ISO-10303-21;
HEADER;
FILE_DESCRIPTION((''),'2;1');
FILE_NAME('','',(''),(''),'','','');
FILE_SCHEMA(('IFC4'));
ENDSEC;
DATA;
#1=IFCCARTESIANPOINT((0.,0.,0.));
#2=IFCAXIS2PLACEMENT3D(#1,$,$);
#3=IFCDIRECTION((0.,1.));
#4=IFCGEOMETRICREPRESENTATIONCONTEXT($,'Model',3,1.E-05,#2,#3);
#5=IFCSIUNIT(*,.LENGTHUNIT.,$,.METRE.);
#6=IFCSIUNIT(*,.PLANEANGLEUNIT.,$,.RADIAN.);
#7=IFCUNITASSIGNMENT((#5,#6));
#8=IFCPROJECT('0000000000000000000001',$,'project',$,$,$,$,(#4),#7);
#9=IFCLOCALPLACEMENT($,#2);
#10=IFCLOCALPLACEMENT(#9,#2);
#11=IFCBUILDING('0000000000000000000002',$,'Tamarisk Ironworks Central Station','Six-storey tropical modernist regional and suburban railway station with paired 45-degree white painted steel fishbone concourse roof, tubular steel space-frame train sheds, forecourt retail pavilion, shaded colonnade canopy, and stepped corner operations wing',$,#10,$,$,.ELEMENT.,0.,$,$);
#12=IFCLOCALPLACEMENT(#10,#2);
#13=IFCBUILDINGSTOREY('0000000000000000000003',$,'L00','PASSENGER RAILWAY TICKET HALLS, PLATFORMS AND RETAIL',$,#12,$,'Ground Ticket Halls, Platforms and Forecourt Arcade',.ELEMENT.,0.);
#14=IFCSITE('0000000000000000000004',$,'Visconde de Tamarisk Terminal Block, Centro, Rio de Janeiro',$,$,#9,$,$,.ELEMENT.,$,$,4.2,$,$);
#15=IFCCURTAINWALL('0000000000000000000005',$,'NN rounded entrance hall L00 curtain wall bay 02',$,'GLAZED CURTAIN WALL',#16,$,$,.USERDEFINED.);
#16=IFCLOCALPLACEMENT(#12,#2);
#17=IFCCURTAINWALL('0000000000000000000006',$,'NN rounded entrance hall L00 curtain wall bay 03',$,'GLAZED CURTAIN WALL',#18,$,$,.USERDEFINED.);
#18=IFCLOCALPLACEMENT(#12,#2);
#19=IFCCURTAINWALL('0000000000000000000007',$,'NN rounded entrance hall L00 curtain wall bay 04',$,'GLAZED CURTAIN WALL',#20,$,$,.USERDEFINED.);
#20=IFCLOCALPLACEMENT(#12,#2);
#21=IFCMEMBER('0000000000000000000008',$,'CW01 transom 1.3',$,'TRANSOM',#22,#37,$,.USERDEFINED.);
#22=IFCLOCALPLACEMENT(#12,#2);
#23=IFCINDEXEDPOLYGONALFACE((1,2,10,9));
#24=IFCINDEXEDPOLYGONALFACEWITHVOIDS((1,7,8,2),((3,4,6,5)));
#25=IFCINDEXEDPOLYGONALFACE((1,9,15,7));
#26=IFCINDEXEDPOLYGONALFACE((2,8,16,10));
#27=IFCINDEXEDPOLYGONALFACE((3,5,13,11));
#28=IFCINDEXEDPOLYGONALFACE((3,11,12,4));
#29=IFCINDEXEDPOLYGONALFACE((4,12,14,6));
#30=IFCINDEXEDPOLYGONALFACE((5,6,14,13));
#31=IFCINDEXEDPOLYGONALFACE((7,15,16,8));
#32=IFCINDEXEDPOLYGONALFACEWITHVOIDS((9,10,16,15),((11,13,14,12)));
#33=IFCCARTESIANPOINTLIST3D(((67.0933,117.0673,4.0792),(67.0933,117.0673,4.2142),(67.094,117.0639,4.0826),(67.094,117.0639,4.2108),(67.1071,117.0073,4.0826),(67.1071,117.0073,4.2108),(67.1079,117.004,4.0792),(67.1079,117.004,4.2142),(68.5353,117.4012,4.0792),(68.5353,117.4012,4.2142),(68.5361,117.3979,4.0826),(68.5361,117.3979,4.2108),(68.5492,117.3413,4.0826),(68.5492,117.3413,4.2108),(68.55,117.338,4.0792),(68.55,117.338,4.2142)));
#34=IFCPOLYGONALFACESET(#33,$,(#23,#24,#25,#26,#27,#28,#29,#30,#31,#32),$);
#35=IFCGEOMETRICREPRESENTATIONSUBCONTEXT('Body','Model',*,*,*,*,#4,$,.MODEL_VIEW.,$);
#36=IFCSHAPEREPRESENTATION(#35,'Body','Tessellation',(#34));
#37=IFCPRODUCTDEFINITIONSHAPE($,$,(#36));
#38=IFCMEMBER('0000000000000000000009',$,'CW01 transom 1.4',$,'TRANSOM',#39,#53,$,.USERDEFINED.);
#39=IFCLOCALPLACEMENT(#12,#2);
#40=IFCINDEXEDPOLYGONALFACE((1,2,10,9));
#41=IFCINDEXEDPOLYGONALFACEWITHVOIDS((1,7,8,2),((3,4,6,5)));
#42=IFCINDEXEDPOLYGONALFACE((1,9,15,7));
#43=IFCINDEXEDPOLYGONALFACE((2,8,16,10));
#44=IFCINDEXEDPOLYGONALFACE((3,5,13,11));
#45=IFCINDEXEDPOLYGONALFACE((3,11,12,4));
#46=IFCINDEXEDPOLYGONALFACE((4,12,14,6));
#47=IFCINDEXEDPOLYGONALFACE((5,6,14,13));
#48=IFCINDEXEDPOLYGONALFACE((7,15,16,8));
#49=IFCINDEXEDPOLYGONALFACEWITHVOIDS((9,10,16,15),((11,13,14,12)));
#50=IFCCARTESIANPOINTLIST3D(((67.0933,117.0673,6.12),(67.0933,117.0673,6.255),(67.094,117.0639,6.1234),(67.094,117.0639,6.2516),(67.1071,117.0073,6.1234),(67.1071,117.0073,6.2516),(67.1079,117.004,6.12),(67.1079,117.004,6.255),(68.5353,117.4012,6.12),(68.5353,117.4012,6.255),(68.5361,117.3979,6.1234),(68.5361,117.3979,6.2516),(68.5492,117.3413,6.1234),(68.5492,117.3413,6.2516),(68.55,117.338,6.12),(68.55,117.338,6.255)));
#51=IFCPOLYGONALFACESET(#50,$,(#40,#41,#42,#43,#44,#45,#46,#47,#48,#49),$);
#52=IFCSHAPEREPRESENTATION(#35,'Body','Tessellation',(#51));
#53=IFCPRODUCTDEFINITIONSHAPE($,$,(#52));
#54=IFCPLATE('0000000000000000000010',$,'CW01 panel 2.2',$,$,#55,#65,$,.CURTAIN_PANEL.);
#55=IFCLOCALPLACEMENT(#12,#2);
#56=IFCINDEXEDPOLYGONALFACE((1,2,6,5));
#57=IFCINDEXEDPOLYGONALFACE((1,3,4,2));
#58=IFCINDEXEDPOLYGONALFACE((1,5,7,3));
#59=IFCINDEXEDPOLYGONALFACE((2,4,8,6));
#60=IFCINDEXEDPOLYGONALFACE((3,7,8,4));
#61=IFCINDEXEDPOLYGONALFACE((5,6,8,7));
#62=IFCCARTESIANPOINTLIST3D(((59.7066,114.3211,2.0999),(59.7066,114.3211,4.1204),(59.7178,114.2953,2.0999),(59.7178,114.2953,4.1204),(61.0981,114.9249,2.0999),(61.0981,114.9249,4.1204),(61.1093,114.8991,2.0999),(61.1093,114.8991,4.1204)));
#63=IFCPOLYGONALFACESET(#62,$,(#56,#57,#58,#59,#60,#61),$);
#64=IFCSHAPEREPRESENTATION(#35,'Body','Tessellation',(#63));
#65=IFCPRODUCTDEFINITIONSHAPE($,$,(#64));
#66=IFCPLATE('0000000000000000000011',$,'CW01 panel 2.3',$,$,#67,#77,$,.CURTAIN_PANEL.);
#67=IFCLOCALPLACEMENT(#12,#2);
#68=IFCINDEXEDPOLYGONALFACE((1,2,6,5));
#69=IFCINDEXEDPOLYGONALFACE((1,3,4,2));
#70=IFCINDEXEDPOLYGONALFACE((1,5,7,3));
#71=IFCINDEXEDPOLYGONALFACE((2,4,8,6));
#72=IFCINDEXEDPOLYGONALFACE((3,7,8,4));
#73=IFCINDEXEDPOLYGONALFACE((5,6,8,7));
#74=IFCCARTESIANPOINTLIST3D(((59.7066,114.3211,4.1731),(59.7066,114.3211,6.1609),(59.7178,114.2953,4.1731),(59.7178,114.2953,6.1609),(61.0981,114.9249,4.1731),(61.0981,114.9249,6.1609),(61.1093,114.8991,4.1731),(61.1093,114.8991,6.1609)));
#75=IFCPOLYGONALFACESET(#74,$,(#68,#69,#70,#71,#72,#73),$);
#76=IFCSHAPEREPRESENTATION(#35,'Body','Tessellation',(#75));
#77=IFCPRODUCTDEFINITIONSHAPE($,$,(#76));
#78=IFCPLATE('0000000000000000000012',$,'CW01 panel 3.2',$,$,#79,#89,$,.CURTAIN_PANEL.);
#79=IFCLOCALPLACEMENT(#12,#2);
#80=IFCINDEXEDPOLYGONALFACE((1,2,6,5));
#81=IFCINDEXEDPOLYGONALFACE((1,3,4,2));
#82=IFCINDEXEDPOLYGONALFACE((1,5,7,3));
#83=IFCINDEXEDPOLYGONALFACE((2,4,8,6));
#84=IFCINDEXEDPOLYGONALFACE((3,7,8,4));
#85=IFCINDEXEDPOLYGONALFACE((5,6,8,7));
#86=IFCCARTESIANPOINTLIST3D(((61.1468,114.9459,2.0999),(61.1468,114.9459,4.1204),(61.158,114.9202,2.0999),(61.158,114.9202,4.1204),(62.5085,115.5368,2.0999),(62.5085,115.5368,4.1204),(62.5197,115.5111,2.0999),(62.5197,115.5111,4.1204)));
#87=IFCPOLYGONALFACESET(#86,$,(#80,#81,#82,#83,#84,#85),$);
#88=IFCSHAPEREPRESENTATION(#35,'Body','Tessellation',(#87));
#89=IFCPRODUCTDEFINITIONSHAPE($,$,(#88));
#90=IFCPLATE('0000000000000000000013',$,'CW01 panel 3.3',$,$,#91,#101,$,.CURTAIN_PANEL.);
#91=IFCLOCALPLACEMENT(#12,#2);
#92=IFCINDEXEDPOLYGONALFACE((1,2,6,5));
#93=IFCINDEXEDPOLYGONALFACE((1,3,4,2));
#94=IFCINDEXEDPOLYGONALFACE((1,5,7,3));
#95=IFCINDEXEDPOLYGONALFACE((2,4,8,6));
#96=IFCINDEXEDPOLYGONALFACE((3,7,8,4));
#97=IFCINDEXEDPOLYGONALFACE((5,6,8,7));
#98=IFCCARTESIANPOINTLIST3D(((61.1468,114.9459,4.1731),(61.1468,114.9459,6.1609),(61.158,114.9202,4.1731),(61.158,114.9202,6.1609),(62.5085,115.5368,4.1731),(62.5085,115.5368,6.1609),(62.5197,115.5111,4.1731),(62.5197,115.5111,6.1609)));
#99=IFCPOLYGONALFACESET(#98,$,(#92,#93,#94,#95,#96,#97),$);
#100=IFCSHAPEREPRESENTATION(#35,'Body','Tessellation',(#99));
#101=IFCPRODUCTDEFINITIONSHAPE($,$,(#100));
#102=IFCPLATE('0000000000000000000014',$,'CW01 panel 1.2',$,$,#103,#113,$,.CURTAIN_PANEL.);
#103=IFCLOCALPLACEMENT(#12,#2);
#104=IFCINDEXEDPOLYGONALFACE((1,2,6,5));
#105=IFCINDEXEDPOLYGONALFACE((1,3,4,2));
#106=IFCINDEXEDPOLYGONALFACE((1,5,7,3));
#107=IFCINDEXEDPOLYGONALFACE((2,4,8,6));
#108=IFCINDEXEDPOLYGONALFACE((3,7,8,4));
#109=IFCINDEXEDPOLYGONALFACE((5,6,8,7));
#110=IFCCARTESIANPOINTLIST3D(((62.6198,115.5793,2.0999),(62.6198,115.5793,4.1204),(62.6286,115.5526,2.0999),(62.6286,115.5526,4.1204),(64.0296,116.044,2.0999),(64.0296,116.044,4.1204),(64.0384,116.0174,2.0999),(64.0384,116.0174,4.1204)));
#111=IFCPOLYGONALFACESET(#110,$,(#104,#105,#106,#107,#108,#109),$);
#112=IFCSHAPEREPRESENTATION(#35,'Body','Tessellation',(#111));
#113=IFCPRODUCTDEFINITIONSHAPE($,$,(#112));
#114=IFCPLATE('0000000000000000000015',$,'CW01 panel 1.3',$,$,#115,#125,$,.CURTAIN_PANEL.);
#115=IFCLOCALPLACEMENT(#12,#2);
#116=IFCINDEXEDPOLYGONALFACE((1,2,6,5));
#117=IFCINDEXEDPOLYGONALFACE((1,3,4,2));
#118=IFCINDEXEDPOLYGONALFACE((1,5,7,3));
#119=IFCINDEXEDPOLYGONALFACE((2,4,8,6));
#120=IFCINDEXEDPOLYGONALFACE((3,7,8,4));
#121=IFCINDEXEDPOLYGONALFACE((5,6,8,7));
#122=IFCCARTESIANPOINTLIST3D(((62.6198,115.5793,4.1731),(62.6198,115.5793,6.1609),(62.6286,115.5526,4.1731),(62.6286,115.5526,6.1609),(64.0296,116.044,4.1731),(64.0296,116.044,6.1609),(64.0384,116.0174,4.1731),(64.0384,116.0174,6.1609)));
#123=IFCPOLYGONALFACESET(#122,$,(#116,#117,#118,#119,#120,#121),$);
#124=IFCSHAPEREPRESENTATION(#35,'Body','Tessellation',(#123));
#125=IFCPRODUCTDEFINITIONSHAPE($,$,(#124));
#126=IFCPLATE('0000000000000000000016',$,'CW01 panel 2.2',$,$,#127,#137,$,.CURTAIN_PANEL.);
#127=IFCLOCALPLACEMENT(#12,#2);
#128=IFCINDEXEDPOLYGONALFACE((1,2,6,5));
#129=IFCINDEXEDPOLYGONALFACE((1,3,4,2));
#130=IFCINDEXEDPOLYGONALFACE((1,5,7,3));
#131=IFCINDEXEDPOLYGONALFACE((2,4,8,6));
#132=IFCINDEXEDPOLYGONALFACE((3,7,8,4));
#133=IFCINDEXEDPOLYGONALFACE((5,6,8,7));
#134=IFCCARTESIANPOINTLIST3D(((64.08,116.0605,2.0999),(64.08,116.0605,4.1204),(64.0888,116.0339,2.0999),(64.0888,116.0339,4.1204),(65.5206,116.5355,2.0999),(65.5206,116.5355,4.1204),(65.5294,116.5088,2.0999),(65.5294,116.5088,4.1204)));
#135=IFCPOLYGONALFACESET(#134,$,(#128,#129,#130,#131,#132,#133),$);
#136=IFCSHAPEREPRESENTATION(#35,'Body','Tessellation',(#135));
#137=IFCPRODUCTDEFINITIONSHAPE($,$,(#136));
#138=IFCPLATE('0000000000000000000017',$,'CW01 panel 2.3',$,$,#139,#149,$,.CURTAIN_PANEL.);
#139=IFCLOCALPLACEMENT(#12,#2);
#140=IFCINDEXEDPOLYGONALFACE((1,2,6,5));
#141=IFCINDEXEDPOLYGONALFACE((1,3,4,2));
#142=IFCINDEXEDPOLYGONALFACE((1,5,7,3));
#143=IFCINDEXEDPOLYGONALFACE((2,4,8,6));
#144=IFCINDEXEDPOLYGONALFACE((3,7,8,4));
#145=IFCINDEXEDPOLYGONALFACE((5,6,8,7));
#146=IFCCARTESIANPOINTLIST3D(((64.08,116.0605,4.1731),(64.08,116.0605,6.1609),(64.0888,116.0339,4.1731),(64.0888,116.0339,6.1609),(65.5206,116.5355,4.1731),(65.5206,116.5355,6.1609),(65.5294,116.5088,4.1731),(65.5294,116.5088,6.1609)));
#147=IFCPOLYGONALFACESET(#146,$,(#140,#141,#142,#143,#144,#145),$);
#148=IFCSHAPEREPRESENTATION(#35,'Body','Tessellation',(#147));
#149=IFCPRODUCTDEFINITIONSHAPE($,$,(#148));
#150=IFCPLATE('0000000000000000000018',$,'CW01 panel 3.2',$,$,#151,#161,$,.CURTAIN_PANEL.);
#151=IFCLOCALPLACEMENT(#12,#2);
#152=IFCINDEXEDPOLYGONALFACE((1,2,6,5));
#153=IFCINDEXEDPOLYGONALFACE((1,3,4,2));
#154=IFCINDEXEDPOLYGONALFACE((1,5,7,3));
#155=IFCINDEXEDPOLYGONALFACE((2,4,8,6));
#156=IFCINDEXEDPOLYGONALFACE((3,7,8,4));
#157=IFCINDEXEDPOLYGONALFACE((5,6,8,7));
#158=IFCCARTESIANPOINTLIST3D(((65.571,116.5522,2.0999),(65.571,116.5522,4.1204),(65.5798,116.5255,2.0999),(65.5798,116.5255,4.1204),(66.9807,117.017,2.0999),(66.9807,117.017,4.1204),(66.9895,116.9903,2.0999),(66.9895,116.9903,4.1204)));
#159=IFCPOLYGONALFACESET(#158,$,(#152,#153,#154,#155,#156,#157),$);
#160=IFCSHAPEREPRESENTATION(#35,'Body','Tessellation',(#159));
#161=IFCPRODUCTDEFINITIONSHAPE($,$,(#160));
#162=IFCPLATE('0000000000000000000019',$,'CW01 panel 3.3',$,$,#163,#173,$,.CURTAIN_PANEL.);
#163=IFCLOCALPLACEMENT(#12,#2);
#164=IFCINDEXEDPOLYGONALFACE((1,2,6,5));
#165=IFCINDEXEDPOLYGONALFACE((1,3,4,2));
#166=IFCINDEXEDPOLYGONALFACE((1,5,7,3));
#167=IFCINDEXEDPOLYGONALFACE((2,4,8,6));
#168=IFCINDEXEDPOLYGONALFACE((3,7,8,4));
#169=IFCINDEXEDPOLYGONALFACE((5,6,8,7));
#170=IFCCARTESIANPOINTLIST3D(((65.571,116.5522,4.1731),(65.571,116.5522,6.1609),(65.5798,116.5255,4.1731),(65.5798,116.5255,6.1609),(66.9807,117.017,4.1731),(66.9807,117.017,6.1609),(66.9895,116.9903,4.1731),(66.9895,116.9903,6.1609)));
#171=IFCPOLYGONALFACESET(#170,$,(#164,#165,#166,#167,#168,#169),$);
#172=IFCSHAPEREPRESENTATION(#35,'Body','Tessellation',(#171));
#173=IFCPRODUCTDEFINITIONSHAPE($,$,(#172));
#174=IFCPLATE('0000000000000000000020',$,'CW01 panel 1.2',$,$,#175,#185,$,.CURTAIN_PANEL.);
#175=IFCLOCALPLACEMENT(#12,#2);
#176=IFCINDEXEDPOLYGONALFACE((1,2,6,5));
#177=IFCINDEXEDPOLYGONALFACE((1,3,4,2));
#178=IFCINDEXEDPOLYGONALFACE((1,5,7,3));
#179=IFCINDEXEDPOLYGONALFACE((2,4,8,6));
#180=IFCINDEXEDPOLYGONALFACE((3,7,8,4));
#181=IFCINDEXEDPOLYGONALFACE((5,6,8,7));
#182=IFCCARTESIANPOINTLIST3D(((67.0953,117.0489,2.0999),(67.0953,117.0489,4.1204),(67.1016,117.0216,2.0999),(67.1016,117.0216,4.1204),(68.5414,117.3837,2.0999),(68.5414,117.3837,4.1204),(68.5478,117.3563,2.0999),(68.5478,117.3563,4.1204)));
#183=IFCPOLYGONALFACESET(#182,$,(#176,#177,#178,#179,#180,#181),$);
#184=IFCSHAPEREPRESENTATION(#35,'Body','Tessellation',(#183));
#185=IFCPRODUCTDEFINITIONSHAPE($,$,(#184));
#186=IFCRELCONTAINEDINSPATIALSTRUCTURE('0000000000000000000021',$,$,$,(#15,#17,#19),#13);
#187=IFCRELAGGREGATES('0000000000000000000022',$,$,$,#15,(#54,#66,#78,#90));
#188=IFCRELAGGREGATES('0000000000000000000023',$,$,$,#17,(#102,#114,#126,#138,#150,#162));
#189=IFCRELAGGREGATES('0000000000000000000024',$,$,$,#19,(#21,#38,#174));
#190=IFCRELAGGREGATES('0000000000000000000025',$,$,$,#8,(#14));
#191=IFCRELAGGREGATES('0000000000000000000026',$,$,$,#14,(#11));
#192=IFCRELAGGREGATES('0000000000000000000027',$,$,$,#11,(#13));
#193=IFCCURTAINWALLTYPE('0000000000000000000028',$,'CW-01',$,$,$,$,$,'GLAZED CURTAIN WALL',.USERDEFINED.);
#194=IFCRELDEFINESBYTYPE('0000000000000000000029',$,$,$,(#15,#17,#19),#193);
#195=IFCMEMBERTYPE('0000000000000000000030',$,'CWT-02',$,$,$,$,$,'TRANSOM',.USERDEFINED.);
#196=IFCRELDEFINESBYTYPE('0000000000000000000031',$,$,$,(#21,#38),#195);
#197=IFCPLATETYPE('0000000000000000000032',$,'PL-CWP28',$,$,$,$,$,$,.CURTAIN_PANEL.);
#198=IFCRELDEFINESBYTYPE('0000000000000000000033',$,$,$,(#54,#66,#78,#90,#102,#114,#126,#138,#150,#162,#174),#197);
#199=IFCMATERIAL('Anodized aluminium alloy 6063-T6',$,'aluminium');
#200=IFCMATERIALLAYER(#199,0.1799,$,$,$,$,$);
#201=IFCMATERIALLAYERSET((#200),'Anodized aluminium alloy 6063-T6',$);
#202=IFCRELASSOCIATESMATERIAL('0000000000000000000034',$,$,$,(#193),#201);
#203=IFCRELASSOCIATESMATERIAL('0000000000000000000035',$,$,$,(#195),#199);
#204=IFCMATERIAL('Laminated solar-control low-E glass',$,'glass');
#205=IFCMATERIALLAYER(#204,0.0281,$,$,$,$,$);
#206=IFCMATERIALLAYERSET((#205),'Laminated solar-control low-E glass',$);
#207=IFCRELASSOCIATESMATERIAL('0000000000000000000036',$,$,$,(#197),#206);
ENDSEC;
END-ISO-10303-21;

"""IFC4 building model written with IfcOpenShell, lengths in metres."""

from ifc_helpers import new_model, si_unit, direction, frame, origin, origin_2d, place, context, subcontext, project, spatial, rectangle, hollow_rectangle, extrude, material, layer, layer_set, material_profile, profile_set, type_object, element, aggregate, save


model = new_model("IFC4")

# Units and contexts
model_context = context("Model", 3, precision=1e-05, world=origin(), true_north=direction((0.0, 1.0)))
body_context = subcontext(model_context, "Body", "Model", "MODEL_VIEW")
ifc_project = project(units=[si_unit("LENGTHUNIT", "METRE"), si_unit("PLANEANGLEUNIT", "RADIAN")], contexts=[model_context])

# Site, building, storey
site_placement = place(None, origin())
site = spatial("IfcSite", under=ifc_project, at=site_placement, Name="Visconde de Tamarisk Terminal Block, Centro, Rio de Janeiro", CompositionType="ELEMENT", RefElevation=4.2)
building_placement = place(site_placement, origin())
building = spatial("IfcBuilding", under=site, at=building_placement, Name="Tamarisk Ironworks Central Station", Description="Six-storey tropical modernist regional and suburban railway station with paired 45-degree white painted steel fishbone concourse roof, tubular steel space-frame train sheds, forecourt retail pavilion, shaded colonnade canopy, and stepped corner operations wing", CompositionType="ELEMENT", ElevationOfRefHeight=0.0)
storey_placement = place(building_placement, origin())
storey = spatial("IfcBuildingStorey", under=building, at=storey_placement, Name="L00", Description="PASSENGER RAILWAY TICKET HALLS, PLATFORMS AND RETAIL", LongName="Ground Ticket Halls, Platforms and Forecourt Arcade", CompositionType="ELEMENT", Elevation=0.0)

# Curtain walls, members
ifc_material_1 = material(Name="Anodized aluminium alloy 6063-T6", Category="aluminium")
ifc_layer_1 = layer(ifc_material_1, 0.1799)
ifc_layer_set_1 = layer_set([ifc_layer_1], Name="Anodized aluminium alloy 6063-T6")
curtain_wall_type = type_object("IfcCurtainWallType", Name="CW-01", ElementType="GLAZED CURTAIN WALL", PredefinedType="USERDEFINED", material=ifc_layer_set_1)
curtain_wall_1_placement = place(storey_placement, origin())
curtain_wall_1 = element("IfcCurtainWall", 1, at=curtain_wall_1_placement, inside=storey, type_object=curtain_wall_type, Name="NN rounded entrance hall L00 curtain wall bay 02", ObjectType="GLAZED CURTAIN WALL", PredefinedType="USERDEFINED")
ifc_material_profile = material_profile(ifc_material_1, hollow_rectangle(XDim=0.0649, YDim=0.135, WallThickness=0.0034, at=origin_2d()), Name="ALUM 135x65")
ifc_profile_set = profile_set([ifc_material_profile], Name="Anodized aluminium alloy 6063-T6")
member_type = type_object("IfcMemberType", Name="CWT-02", ElementType="TRANSOM", PredefinedType="USERDEFINED", material=ifc_profile_set)
curtain_wall_2_placement = place(storey_placement, origin())
curtain_wall_2 = element("IfcCurtainWall", 2, at=curtain_wall_2_placement, inside=storey, type_object=curtain_wall_type, Name="NN rounded entrance hall L00 curtain wall bay 03", ObjectType="GLAZED CURTAIN WALL", PredefinedType="USERDEFINED")
curtain_wall_3_placement = place(storey_placement, origin())
curtain_wall_3 = element("IfcCurtainWall", 3, at=curtain_wall_3_placement, inside=storey, type_object=curtain_wall_type, Name="NN rounded entrance hall L00 curtain wall bay 04", ObjectType="GLAZED CURTAIN WALL", PredefinedType="USERDEFINED")
member_1_placement = place(storey_placement, frame((67.1006, 117.0356, 4.1467), z_axis=(0.974216, 0.225618, 0.0), x_axis=(-0.225618, 0.974216, 0.0)))
member_1 = element("IfcMember", 4, at=member_1_placement, type_object=member_type, Name="CW01 transom 1.3", ObjectType="TRANSOM", PredefinedType="USERDEFINED", context=body_context, shape_type="SweptSolid", body=[
    extrude(hollow_rectangle(XDim=0.0649, YDim=0.135, WallThickness=0.0034, at=origin_2d()), origin(), (0.0, 0.0, 1.0), 1.4802),
])
member_2_placement = place(storey_placement, frame((67.1006, 117.0356, 6.1875), z_axis=(0.974216, 0.225618, 0.0), x_axis=(-0.225618, 0.974216, 0.0)))
member_2 = element("IfcMember", 5, at=member_2_placement, type_object=member_type, Name="CW01 transom 1.4", ObjectType="TRANSOM", PredefinedType="USERDEFINED", context=body_context, shape_type="SweptSolid", body=[
    extrude(hollow_rectangle(XDim=0.0649, YDim=0.135, WallThickness=0.0034, at=origin_2d()), origin(), (0.0, 0.0, 1.0), 1.4802),
])

# Plates
ifc_material_2 = material(Name="Laminated solar-control low-E glass", Category="glass")
ifc_layer_2 = layer(ifc_material_2, 0.0281)
ifc_layer_set_2 = layer_set([ifc_layer_2], Name="Laminated solar-control low-E glass")
plate_type = type_object("IfcPlateType", Name="PL-CWP28", PredefinedType="CURTAIN_PANEL", material=ifc_layer_set_2)
plate_1_placement = place(storey_placement, frame((60.408, 114.6101, 2.0999), z_axis=(0.0, 0.0, 1.0), x_axis=(0.917352, 0.398077, 0.0)))
plate_1 = element("IfcPlate", 6, at=plate_1_placement, type_object=plate_type, Name="CW01 panel 2.2", PredefinedType="CURTAIN_PANEL", context=body_context, shape_type="SweptSolid", body=[
    extrude(rectangle(XDim=1.5168, YDim=0.0281, at=origin_2d()), origin(), (0.0, 0.0, 1.0), 2.0205),
])
plate_2_placement = place(storey_placement, frame((60.408, 114.6101, 4.1731), z_axis=(0.0, 0.0, 1.0), x_axis=(0.917352, 0.398077, 0.0)))
plate_2 = element("IfcPlate", 7, at=plate_2_placement, type_object=plate_type, Name="CW01 panel 2.3", PredefinedType="CURTAIN_PANEL", context=body_context, shape_type="SweptSolid", body=[
    extrude(rectangle(XDim=1.5168, YDim=0.0281, at=origin_2d()), origin(), (0.0, 0.0, 1.0), 1.9878),
])
plate_3_placement = place(storey_placement, frame((61.8333, 115.2285, 2.0999), z_axis=(0.0, 0.0, 1.0), x_axis=(0.917352, 0.398077, 0.0)))
plate_3 = element("IfcPlate", 8, at=plate_3_placement, type_object=plate_type, Name="CW01 panel 3.2", PredefinedType="CURTAIN_PANEL", context=body_context, shape_type="SweptSolid", body=[
    extrude(rectangle(XDim=1.4844, YDim=0.0281, at=origin_2d()), origin(), (0.0, 0.0, 1.0), 2.0205),
])
plate_4_placement = place(storey_placement, frame((61.8333, 115.2285, 4.1731), z_axis=(0.0, 0.0, 1.0), x_axis=(0.917352, 0.398077, 0.0)))
plate_4 = element("IfcPlate", 9, at=plate_4_placement, type_object=plate_type, Name="CW01 panel 3.3", PredefinedType="CURTAIN_PANEL", context=body_context, shape_type="SweptSolid", body=[
    extrude(rectangle(XDim=1.4844, YDim=0.0281, at=origin_2d()), origin(), (0.0, 0.0, 1.0), 1.9878),
])
aggregate(curtain_wall_1, [plate_1, plate_2, plate_3, plate_4])
plate_5_placement = place(storey_placement, frame((63.3291, 115.7983, 2.0999), z_axis=(0.0, 0.0, 1.0), x_axis=(0.949721, 0.313098, 0.0)))
plate_5 = element("IfcPlate", 10, at=plate_5_placement, type_object=plate_type, Name="CW01 panel 1.2", PredefinedType="CURTAIN_PANEL", context=body_context, shape_type="SweptSolid", body=[
    extrude(rectangle(XDim=1.4844, YDim=0.0281, at=origin_2d()), origin(), (0.0, 0.0, 1.0), 2.0205),
])
plate_6_placement = place(storey_placement, frame((63.3291, 115.7983, 4.1731), z_axis=(0.0, 0.0, 1.0), x_axis=(0.949721, 0.313098, 0.0)))
plate_6 = element("IfcPlate", 11, at=plate_6_placement, type_object=plate_type, Name="CW01 panel 1.3", PredefinedType="CURTAIN_PANEL", context=body_context, shape_type="SweptSolid", body=[
    extrude(rectangle(XDim=1.4844, YDim=0.0281, at=origin_2d()), origin(), (0.0, 0.0, 1.0), 1.9878),
])
plate_7_placement = place(storey_placement, frame((64.8047, 116.2847, 2.0999), z_axis=(0.0, 0.0, 1.0), x_axis=(0.949721, 0.313098, 0.0)))
plate_7 = element("IfcPlate", 12, at=plate_7_placement, type_object=plate_type, Name="CW01 panel 2.2", PredefinedType="CURTAIN_PANEL", context=body_context, shape_type="SweptSolid", body=[
    extrude(rectangle(XDim=1.5168, YDim=0.0281, at=origin_2d()), origin(), (0.0, 0.0, 1.0), 2.0205),
])
plate_8_placement = place(storey_placement, frame((64.8047, 116.2847, 4.1731), z_axis=(0.0, 0.0, 1.0), x_axis=(0.949721, 0.313098, 0.0)))
plate_8 = element("IfcPlate", 13, at=plate_8_placement, type_object=plate_type, Name="CW01 panel 2.3", PredefinedType="CURTAIN_PANEL", context=body_context, shape_type="SweptSolid", body=[
    extrude(rectangle(XDim=1.5168, YDim=0.0281, at=origin_2d()), origin(), (0.0, 0.0, 1.0), 1.9878),
])
plate_9_placement = place(storey_placement, frame((66.2803, 116.7712, 2.0999), z_axis=(0.0, 0.0, 1.0), x_axis=(0.949721, 0.313098, 0.0)))
plate_9 = element("IfcPlate", 14, at=plate_9_placement, type_object=plate_type, Name="CW01 panel 3.2", PredefinedType="CURTAIN_PANEL", context=body_context, shape_type="SweptSolid", body=[
    extrude(rectangle(XDim=1.4844, YDim=0.0281, at=origin_2d()), origin(), (0.0, 0.0, 1.0), 2.0205),
])
plate_10_placement = place(storey_placement, frame((66.2803, 116.7712, 4.1731), z_axis=(0.0, 0.0, 1.0), x_axis=(0.949721, 0.313098, 0.0)))
plate_10 = element("IfcPlate", 15, at=plate_10_placement, type_object=plate_type, Name="CW01 panel 3.3", PredefinedType="CURTAIN_PANEL", context=body_context, shape_type="SweptSolid", body=[
    extrude(rectangle(XDim=1.4844, YDim=0.0281, at=origin_2d()), origin(), (0.0, 0.0, 1.0), 1.9878),
])
aggregate(curtain_wall_2, [plate_5, plate_6, plate_7, plate_8, plate_9, plate_10])
plate_11_placement = place(storey_placement, frame((67.8215, 117.2026, 2.0999), z_axis=(0.0, 0.0, 1.0), x_axis=(0.974239, 0.225517, 0.0)))
plate_11 = element("IfcPlate", 16, at=plate_11_placement, type_object=plate_type, Name="CW01 panel 1.2", PredefinedType="CURTAIN_PANEL", context=body_context, shape_type="SweptSolid", body=[
    extrude(rectangle(XDim=1.4844, YDim=0.0281, at=origin_2d()), origin(), (0.0, 0.0, 1.0), 2.0205),
])
aggregate(curtain_wall_3, [member_1, member_2, plate_11])

save(model, "model.ifc")
